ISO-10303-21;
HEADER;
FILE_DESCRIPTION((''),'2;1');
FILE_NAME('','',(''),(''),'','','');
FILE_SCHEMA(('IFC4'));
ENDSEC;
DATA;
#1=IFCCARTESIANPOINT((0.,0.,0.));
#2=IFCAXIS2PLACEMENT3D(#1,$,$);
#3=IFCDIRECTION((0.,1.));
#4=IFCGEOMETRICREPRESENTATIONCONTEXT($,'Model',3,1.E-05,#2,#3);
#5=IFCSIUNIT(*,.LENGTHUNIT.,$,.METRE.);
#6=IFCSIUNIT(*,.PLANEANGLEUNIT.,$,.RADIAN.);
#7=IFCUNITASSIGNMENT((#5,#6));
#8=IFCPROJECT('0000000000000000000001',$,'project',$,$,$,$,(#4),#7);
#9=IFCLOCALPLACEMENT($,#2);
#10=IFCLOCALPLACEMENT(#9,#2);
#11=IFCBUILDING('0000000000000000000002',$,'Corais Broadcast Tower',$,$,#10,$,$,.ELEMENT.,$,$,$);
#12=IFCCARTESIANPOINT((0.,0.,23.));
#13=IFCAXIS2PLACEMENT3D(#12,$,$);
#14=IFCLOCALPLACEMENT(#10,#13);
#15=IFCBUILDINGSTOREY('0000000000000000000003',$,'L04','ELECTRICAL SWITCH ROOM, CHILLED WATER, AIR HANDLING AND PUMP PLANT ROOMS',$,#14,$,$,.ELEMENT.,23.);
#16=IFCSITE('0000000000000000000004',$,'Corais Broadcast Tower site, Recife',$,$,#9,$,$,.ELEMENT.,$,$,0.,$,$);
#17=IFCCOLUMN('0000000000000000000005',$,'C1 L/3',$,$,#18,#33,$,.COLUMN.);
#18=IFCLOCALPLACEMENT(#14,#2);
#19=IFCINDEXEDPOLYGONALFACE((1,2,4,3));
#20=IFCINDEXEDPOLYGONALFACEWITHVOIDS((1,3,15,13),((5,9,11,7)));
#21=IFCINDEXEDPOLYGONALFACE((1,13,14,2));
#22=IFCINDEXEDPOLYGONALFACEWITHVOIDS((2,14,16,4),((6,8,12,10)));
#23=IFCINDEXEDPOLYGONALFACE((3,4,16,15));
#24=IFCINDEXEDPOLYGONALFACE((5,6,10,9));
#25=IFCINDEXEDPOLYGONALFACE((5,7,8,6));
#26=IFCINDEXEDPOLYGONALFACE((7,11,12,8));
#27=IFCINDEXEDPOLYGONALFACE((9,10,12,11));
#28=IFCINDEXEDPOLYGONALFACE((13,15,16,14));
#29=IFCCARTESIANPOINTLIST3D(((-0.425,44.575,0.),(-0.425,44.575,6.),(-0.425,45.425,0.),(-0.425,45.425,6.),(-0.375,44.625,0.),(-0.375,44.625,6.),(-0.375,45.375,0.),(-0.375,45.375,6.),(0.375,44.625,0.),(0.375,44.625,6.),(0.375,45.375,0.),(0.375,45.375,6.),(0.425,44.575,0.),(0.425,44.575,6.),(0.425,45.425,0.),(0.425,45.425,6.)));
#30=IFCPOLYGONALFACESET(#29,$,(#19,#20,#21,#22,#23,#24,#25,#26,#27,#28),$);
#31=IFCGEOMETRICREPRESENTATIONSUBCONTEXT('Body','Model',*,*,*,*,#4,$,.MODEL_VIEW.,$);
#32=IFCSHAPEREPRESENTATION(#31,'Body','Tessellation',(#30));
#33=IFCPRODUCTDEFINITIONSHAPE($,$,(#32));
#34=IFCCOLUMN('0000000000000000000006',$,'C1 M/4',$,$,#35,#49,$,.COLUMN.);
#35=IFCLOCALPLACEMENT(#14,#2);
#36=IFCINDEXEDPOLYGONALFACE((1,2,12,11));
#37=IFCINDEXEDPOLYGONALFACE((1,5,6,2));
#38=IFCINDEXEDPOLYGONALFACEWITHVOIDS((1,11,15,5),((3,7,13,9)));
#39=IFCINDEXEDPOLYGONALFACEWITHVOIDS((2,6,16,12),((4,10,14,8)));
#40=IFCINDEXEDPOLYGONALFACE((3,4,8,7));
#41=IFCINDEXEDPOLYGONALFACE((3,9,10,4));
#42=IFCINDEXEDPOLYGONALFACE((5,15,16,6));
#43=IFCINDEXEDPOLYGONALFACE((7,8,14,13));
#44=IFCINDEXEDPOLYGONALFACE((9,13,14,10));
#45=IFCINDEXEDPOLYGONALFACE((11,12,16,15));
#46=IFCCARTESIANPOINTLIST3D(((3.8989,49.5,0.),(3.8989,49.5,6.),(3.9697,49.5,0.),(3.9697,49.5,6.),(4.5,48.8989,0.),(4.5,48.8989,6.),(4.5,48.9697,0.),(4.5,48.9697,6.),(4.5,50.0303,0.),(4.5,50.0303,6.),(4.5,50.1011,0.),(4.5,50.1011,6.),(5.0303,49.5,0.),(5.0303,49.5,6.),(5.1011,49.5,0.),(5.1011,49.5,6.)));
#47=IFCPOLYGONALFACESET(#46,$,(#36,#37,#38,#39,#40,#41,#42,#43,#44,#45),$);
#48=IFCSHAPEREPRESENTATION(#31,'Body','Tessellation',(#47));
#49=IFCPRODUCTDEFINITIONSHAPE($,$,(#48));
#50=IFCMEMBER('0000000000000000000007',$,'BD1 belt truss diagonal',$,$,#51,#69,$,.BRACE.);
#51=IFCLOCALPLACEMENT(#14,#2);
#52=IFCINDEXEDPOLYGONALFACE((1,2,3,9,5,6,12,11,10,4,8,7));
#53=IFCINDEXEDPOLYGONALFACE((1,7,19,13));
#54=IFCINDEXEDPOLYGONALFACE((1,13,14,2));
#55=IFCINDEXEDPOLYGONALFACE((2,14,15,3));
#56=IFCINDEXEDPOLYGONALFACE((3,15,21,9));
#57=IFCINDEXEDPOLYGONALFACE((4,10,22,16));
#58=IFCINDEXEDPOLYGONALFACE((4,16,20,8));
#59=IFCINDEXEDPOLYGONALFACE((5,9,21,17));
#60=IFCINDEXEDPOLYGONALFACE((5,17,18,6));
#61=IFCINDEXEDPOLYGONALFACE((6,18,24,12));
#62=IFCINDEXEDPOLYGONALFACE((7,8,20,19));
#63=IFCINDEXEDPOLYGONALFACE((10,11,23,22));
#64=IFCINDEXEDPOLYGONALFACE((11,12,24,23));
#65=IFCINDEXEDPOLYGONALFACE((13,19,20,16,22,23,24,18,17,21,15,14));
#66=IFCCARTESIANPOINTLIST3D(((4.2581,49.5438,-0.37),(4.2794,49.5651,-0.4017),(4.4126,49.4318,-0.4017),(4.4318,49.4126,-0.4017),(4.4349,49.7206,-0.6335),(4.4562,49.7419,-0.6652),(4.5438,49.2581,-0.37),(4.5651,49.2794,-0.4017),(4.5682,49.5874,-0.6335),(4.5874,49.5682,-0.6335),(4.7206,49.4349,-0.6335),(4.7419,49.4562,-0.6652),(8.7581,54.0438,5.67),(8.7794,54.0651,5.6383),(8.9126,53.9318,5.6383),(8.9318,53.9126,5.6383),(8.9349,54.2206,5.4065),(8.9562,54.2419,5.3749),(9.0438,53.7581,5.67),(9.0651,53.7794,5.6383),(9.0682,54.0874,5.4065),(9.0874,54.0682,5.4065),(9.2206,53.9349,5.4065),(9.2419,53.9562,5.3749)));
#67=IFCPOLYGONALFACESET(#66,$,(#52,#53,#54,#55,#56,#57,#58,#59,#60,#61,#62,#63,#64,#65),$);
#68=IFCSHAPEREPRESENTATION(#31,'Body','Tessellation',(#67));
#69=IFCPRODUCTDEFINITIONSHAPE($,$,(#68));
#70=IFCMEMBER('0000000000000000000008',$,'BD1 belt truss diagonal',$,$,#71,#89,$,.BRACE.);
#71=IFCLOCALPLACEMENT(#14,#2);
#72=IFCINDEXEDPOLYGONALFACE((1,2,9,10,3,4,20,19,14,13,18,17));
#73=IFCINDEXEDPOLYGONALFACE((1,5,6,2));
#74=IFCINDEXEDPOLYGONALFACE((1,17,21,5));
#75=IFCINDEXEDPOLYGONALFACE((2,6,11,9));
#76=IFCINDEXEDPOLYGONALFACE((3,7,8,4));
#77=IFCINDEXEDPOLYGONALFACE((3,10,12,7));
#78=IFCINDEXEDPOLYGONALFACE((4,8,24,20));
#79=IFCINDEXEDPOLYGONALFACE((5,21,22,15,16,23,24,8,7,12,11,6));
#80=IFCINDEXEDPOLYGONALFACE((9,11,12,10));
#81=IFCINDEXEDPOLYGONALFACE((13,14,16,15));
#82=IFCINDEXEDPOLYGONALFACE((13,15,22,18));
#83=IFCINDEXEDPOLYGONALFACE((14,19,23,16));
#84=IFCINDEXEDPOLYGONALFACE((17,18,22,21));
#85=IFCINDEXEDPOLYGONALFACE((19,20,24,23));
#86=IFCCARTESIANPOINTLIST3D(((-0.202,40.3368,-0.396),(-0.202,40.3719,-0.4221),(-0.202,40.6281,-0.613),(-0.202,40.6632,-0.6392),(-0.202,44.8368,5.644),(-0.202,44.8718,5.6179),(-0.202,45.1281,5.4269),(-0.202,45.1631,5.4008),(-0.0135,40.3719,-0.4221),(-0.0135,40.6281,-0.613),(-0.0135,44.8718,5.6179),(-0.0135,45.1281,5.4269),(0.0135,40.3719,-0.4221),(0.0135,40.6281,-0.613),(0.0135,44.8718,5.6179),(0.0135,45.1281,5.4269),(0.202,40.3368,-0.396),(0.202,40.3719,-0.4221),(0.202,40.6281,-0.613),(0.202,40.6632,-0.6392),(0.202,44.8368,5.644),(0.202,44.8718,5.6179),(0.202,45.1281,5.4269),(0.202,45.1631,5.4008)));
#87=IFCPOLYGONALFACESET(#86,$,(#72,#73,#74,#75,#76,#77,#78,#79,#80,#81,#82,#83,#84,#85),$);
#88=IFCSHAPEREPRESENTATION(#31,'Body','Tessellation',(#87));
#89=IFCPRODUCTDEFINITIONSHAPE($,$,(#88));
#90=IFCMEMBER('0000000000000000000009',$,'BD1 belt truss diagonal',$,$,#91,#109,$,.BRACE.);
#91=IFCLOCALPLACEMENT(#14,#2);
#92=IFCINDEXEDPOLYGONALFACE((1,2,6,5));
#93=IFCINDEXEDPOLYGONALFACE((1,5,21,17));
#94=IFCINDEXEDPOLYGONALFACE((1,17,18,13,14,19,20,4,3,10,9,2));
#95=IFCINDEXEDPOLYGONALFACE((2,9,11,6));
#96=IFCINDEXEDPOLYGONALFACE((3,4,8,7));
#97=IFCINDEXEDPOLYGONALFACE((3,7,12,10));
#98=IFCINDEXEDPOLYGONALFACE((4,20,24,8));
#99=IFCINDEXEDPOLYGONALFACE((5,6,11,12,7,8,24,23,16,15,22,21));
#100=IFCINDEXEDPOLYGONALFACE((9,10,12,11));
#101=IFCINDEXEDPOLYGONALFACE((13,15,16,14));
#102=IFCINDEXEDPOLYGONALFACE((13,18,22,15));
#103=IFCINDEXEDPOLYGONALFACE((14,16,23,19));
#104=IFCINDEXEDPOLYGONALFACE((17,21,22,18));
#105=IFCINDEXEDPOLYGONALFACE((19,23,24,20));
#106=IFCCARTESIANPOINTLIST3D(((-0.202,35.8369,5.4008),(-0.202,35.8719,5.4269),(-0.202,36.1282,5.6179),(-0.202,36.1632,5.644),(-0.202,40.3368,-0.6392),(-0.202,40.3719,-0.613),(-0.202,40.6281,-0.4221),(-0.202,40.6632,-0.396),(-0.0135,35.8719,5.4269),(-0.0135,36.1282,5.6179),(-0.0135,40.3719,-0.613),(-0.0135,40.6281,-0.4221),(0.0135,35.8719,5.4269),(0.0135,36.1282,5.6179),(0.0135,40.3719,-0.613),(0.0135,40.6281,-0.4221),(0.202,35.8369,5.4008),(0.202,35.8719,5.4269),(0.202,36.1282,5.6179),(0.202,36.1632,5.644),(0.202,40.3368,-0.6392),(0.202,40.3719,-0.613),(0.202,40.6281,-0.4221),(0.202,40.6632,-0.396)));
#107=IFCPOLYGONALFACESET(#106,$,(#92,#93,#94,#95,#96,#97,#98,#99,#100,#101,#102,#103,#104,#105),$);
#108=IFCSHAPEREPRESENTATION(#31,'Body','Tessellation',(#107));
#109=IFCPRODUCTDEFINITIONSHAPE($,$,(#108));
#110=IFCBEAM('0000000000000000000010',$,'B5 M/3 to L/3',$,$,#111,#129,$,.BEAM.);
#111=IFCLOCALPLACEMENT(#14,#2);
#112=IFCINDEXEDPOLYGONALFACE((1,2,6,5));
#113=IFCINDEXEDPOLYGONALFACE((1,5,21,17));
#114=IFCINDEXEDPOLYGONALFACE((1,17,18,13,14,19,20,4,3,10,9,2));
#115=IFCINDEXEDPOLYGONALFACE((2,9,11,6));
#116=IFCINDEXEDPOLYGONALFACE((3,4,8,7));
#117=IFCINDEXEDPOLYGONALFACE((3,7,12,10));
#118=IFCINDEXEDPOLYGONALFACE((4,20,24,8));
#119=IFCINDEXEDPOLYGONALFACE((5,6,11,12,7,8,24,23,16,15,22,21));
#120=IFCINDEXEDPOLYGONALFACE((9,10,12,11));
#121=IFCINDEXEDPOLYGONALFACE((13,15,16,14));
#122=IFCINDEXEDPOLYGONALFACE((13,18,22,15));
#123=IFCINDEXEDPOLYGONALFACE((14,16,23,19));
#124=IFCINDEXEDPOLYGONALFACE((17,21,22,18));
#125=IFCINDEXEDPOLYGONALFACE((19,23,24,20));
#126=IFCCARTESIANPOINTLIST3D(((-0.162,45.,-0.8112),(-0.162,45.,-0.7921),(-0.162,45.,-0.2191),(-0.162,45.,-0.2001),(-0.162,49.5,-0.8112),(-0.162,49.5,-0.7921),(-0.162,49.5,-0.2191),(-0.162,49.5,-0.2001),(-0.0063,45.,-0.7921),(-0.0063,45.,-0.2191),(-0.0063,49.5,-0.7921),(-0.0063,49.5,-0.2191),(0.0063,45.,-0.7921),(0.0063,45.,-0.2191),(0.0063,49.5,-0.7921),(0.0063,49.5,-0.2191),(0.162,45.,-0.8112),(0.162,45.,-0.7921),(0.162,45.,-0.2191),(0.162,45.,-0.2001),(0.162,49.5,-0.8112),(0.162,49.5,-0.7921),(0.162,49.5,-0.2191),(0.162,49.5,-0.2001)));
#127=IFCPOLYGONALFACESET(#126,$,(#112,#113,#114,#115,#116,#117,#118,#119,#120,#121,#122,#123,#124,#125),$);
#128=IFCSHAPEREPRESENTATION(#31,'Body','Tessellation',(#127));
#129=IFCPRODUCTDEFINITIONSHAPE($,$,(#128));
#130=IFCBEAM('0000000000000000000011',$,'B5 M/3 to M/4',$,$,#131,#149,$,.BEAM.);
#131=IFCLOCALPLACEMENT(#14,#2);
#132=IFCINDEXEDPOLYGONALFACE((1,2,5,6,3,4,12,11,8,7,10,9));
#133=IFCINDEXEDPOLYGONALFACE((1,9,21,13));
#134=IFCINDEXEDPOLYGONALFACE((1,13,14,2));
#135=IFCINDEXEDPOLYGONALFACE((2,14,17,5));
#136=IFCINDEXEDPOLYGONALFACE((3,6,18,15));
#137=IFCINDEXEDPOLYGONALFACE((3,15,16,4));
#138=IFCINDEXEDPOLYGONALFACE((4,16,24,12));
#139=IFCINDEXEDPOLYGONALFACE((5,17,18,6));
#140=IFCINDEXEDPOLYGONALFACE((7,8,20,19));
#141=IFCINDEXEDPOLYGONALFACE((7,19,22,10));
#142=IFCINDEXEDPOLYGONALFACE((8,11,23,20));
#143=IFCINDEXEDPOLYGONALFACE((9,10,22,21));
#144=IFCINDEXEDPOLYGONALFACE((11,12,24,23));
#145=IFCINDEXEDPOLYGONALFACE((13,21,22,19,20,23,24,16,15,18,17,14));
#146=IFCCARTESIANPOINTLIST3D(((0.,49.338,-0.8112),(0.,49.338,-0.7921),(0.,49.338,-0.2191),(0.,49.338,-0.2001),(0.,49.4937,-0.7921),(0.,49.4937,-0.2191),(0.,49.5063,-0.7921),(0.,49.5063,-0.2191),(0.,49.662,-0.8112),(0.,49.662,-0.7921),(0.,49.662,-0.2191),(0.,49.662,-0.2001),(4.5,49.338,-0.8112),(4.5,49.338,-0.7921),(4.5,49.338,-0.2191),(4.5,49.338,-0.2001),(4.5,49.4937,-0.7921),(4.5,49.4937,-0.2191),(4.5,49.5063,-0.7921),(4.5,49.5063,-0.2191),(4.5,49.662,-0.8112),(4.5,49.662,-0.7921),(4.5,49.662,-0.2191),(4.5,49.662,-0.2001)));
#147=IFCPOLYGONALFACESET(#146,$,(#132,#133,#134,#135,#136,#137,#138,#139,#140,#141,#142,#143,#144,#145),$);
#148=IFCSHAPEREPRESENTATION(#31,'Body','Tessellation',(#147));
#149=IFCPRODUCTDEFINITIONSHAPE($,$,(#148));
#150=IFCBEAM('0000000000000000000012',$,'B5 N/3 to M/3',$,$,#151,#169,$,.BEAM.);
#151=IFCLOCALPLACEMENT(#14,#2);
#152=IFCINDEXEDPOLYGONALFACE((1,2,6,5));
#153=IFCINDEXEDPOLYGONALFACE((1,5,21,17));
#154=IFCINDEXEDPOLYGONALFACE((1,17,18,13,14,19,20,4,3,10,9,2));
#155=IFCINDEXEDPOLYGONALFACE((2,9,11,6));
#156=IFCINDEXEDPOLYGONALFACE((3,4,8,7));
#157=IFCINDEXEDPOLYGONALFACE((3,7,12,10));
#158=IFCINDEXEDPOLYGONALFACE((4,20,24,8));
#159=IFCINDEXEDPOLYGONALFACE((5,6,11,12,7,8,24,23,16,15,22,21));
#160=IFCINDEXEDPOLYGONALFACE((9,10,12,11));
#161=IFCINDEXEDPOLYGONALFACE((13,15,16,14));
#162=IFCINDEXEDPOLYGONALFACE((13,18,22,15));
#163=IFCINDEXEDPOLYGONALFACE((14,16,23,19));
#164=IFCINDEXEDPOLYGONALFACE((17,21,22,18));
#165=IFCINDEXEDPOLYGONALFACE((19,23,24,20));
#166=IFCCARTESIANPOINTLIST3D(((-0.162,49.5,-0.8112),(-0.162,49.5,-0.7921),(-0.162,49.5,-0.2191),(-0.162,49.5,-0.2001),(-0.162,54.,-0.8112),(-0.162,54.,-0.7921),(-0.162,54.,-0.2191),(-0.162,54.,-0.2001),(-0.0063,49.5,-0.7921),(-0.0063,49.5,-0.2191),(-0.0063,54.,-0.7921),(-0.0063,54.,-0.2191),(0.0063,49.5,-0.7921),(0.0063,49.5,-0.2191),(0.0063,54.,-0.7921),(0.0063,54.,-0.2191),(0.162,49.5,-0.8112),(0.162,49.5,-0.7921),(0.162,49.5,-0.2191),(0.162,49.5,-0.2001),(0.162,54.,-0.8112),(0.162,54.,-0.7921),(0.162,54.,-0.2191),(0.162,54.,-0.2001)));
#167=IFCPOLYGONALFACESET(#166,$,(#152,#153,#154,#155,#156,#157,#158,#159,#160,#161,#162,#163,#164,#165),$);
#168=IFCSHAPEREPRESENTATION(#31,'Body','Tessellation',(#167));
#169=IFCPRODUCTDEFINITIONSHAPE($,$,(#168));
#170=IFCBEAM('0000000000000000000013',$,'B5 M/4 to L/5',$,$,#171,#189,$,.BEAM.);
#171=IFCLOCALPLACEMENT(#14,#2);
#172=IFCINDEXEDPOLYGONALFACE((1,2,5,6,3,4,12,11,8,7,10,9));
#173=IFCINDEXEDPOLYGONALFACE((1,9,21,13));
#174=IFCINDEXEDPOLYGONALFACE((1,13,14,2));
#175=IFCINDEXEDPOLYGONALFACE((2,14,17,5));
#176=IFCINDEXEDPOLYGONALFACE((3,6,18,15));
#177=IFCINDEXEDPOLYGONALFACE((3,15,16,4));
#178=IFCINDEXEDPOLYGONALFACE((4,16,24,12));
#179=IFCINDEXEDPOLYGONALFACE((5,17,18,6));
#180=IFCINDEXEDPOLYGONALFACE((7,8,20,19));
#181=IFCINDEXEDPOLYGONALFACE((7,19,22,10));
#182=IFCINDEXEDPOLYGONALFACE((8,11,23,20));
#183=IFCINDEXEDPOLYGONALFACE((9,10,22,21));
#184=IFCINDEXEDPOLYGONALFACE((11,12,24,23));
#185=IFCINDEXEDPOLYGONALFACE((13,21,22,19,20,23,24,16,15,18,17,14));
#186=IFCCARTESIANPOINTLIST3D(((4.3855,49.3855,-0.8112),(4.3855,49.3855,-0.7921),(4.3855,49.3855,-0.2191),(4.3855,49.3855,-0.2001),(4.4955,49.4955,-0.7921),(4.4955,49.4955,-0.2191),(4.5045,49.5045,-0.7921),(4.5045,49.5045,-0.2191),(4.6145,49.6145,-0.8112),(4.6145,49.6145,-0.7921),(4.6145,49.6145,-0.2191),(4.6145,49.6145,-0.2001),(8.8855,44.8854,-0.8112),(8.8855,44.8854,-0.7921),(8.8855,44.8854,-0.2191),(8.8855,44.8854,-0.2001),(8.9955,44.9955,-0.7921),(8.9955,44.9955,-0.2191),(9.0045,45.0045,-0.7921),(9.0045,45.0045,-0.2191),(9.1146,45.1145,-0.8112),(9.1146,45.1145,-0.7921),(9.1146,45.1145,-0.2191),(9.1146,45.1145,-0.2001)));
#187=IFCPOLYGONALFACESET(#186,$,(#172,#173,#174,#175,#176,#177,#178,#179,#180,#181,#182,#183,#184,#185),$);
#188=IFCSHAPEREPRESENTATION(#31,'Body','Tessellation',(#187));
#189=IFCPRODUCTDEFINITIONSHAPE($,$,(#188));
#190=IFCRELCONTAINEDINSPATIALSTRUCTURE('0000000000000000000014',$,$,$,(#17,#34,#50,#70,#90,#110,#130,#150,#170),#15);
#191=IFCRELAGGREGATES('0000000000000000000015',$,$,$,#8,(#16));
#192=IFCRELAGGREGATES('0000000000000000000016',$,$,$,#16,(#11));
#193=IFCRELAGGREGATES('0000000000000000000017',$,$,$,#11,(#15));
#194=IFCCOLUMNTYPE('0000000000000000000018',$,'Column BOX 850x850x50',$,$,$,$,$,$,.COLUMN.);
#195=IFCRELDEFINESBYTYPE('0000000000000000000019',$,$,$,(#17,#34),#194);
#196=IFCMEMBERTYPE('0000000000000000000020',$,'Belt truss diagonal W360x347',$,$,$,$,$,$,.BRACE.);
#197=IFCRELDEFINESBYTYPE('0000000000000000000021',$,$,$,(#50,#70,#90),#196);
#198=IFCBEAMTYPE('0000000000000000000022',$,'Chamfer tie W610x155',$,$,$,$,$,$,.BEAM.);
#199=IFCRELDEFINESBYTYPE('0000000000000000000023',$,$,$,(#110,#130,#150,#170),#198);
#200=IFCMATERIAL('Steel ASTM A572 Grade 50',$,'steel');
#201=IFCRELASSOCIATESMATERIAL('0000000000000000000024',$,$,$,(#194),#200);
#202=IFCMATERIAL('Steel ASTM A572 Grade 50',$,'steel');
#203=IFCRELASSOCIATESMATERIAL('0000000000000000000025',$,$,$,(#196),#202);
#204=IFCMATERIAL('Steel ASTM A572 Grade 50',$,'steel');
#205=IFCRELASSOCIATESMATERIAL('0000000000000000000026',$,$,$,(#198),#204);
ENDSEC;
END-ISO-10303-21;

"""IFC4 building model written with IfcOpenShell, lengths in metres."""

from ifc_helpers import new_model, si_unit, direction, frame, origin, origin_2d, place, context, subcontext, project, spatial, hollow_rectangle, i_section, extrude, material, material_profile, profile_set, type_object, element, save


model = new_model("IFC4")

# Units and contexts
model_context = context("Model", 3, precision=1e-05, world=origin(), true_north=direction((0.0, 1.0)))
body_context = subcontext(model_context, "Body", "Model", "MODEL_VIEW")
ifc_project = project(units=[si_unit("LENGTHUNIT", "METRE"), si_unit("PLANEANGLEUNIT", "RADIAN")], contexts=[model_context])

# Site, building, storey
site_placement = place(None, origin())
site = spatial("IfcSite", under=ifc_project, at=site_placement, Name="Corais Broadcast Tower site, Recife", CompositionType="ELEMENT", RefElevation=0.0)
building_placement = place(site_placement, origin())
building = spatial("IfcBuilding", under=site, at=building_placement, Name="Corais Broadcast Tower", CompositionType="ELEMENT")
storey_placement = place(building_placement, frame((0.0, 0.0, 23.0)))
storey = spatial("IfcBuildingStorey", under=building, at=storey_placement, Name="L04", Description="ELECTRICAL SWITCH ROOM, CHILLED WATER, AIR HANDLING AND PUMP PLANT ROOMS", CompositionType="ELEMENT", Elevation=23.0)

# Columns
ifc_material_1 = material(Name="Steel ASTM A572 Grade 50", Category="steel")
ifc_material_profile_1 = material_profile(ifc_material_1, hollow_rectangle(XDim=0.8501, YDim=0.8501, WallThickness=0.05, at=origin_2d()), Name="BOX 850x850x50")
ifc_profile_set_1 = profile_set([ifc_material_profile_1], Name="Steel ASTM A572 Grade 50")
column_type = type_object("IfcColumnType", Name="Column BOX 850x850x50", PredefinedType="COLUMN", material=ifc_profile_set_1)
for number, where, z_axis, x_axis, name in (
    (1, (0.0, 45.0, 0.0), (0.0, 0.0, 1.0), (1.0, 0.0, 0.0), "C1 L/3"),
    (2, (4.5, 49.5, 0.0), (0.0, 0.0, 1.0), (0.707107, 0.707107, 0.0), "C1 M/4"),
):
    element("IfcColumn", number, at=place(storey_placement, frame(where, z_axis=z_axis, x_axis=x_axis)), inside=storey, type_object=column_type, Name=name, PredefinedType="COLUMN", context=body_context, shape_type="SweptSolid", body=[
        extrude(hollow_rectangle(XDim=0.8501, YDim=0.8501, WallThickness=0.05, at=origin_2d()), origin(), (0.0, 0.0, 1.0), 6.0),
    ])

# Members
ifc_material_2 = material(Name="Steel ASTM A572 Grade 50", Category="steel")
ifc_material_profile_2 = material_profile(ifc_material_2, i_section(OverallWidth=0.4041, OverallDepth=0.407, WebThickness=0.0271, FlangeThickness=0.0437, at=origin_2d()), Name="W360x347")
ifc_profile_set_2 = profile_set([ifc_material_profile_2], Name="Steel ASTM A572 Grade 50")
member_type = type_object("IfcMemberType", Name="Belt truss diagonal W360x347", PredefinedType="BRACE", material=ifc_profile_set_2)
member_placement = place(storey_placement, frame((4.5, 49.5, -0.5176), z_axis=(0.512882, 0.512882, 0.688406), x_axis=(-0.707107, 0.707107, 0.0)))
element("IfcMember", 3, at=member_placement, inside=storey, type_object=member_type, Name="BD1 belt truss diagonal", PredefinedType="BRACE", context=body_context, shape_type="SweptSolid", body=[
    extrude(i_section(OverallWidth=0.4041, OverallDepth=0.407, WebThickness=0.0271, FlangeThickness=0.0437, at=origin_2d()), origin(), (0.0, 0.0, 1.0), 8.7739),
])
for number, where, z_axis, x_axis, name in (
    (4, (0.0, 40.5, -0.5176), (0.0, 0.597445, 0.80191), (-1.0, 0.0, 0.0), "BD1 belt truss diagonal"),
    (5, (0.0, 40.5, -0.5176), (0.0, -0.597445, 0.80191), (1.0, 0.0, 0.0), "BD1 belt truss diagonal"),
):
    element("IfcMember", number, at=place(storey_placement, frame(where, z_axis=z_axis, x_axis=x_axis)), inside=storey, type_object=member_type, Name=name, PredefinedType="BRACE", context=body_context, shape_type="SweptSolid", body=[
        extrude(i_section(OverallWidth=0.4041, OverallDepth=0.407, WebThickness=0.0271, FlangeThickness=0.0437, at=origin_2d()), origin(), (0.0, 0.0, 1.0), 7.532),
    ])

# Beams
ifc_material_3 = material(Name="Steel ASTM A572 Grade 50", Category="steel")
ifc_material_profile_3 = material_profile(ifc_material_3, i_section(OverallWidth=0.324, OverallDepth=0.6111, WebThickness=0.0127, FlangeThickness=0.019, at=origin_2d()), Name="W610x155")
ifc_profile_set_3 = profile_set([ifc_material_profile_3], Name="Steel ASTM A572 Grade 50")
beam_type_1 = type_object("IfcBeamType", Name="Chamfer tie W610x155", PredefinedType="BEAM", material=ifc_profile_set_3)
for number, where, z_axis, x_axis, name in (
    (6, (0.0, 49.5, -0.5056), (0.0, -1.0, 0.0), (1.0, 0.0, 0.0), "B5 M/3 to L/3"),
    (7, (0.0, 49.5, -0.5056), (1.0, 0.0, 0.0), (0.0, 1.0, 0.0), "B5 M/3 to M/4"),
    (8, (0.0, 54.0, -0.5056), (0.0, -1.0, 0.0), (1.0, 0.0, 0.0), "B5 N/3 to M/3"),
):
    element("IfcBeam", number, at=place(storey_placement, frame(where, z_axis=z_axis, x_axis=x_axis)), inside=storey, type_object=beam_type_1, Name=name, PredefinedType="BEAM", context=body_context, shape_type="SweptSolid", body=[
        extrude(i_section(OverallWidth=0.324, OverallDepth=0.6111, WebThickness=0.0127, FlangeThickness=0.019, at=origin_2d()), origin(), (0.0, 0.0, 1.0), 4.5),
    ])
beam_1_placement = place(storey_placement, frame((4.5, 49.5, -0.5056), z_axis=(0.707107, -0.707107, 0.0), x_axis=(0.707107, 0.707107, 0.0)))
element("IfcBeam", 9, at=beam_1_placement, inside=storey, type_object=beam_type_1, Name="B5 M/4 to L/5", PredefinedType="BEAM", context=body_context, shape_type="SweptSolid", body=[
    extrude(i_section(OverallWidth=0.324, OverallDepth=0.6111, WebThickness=0.0127, FlangeThickness=0.019, at=origin_2d()), origin(), (0.0, 0.0, 1.0), 6.364),
])

save(model, "model.ifc")
